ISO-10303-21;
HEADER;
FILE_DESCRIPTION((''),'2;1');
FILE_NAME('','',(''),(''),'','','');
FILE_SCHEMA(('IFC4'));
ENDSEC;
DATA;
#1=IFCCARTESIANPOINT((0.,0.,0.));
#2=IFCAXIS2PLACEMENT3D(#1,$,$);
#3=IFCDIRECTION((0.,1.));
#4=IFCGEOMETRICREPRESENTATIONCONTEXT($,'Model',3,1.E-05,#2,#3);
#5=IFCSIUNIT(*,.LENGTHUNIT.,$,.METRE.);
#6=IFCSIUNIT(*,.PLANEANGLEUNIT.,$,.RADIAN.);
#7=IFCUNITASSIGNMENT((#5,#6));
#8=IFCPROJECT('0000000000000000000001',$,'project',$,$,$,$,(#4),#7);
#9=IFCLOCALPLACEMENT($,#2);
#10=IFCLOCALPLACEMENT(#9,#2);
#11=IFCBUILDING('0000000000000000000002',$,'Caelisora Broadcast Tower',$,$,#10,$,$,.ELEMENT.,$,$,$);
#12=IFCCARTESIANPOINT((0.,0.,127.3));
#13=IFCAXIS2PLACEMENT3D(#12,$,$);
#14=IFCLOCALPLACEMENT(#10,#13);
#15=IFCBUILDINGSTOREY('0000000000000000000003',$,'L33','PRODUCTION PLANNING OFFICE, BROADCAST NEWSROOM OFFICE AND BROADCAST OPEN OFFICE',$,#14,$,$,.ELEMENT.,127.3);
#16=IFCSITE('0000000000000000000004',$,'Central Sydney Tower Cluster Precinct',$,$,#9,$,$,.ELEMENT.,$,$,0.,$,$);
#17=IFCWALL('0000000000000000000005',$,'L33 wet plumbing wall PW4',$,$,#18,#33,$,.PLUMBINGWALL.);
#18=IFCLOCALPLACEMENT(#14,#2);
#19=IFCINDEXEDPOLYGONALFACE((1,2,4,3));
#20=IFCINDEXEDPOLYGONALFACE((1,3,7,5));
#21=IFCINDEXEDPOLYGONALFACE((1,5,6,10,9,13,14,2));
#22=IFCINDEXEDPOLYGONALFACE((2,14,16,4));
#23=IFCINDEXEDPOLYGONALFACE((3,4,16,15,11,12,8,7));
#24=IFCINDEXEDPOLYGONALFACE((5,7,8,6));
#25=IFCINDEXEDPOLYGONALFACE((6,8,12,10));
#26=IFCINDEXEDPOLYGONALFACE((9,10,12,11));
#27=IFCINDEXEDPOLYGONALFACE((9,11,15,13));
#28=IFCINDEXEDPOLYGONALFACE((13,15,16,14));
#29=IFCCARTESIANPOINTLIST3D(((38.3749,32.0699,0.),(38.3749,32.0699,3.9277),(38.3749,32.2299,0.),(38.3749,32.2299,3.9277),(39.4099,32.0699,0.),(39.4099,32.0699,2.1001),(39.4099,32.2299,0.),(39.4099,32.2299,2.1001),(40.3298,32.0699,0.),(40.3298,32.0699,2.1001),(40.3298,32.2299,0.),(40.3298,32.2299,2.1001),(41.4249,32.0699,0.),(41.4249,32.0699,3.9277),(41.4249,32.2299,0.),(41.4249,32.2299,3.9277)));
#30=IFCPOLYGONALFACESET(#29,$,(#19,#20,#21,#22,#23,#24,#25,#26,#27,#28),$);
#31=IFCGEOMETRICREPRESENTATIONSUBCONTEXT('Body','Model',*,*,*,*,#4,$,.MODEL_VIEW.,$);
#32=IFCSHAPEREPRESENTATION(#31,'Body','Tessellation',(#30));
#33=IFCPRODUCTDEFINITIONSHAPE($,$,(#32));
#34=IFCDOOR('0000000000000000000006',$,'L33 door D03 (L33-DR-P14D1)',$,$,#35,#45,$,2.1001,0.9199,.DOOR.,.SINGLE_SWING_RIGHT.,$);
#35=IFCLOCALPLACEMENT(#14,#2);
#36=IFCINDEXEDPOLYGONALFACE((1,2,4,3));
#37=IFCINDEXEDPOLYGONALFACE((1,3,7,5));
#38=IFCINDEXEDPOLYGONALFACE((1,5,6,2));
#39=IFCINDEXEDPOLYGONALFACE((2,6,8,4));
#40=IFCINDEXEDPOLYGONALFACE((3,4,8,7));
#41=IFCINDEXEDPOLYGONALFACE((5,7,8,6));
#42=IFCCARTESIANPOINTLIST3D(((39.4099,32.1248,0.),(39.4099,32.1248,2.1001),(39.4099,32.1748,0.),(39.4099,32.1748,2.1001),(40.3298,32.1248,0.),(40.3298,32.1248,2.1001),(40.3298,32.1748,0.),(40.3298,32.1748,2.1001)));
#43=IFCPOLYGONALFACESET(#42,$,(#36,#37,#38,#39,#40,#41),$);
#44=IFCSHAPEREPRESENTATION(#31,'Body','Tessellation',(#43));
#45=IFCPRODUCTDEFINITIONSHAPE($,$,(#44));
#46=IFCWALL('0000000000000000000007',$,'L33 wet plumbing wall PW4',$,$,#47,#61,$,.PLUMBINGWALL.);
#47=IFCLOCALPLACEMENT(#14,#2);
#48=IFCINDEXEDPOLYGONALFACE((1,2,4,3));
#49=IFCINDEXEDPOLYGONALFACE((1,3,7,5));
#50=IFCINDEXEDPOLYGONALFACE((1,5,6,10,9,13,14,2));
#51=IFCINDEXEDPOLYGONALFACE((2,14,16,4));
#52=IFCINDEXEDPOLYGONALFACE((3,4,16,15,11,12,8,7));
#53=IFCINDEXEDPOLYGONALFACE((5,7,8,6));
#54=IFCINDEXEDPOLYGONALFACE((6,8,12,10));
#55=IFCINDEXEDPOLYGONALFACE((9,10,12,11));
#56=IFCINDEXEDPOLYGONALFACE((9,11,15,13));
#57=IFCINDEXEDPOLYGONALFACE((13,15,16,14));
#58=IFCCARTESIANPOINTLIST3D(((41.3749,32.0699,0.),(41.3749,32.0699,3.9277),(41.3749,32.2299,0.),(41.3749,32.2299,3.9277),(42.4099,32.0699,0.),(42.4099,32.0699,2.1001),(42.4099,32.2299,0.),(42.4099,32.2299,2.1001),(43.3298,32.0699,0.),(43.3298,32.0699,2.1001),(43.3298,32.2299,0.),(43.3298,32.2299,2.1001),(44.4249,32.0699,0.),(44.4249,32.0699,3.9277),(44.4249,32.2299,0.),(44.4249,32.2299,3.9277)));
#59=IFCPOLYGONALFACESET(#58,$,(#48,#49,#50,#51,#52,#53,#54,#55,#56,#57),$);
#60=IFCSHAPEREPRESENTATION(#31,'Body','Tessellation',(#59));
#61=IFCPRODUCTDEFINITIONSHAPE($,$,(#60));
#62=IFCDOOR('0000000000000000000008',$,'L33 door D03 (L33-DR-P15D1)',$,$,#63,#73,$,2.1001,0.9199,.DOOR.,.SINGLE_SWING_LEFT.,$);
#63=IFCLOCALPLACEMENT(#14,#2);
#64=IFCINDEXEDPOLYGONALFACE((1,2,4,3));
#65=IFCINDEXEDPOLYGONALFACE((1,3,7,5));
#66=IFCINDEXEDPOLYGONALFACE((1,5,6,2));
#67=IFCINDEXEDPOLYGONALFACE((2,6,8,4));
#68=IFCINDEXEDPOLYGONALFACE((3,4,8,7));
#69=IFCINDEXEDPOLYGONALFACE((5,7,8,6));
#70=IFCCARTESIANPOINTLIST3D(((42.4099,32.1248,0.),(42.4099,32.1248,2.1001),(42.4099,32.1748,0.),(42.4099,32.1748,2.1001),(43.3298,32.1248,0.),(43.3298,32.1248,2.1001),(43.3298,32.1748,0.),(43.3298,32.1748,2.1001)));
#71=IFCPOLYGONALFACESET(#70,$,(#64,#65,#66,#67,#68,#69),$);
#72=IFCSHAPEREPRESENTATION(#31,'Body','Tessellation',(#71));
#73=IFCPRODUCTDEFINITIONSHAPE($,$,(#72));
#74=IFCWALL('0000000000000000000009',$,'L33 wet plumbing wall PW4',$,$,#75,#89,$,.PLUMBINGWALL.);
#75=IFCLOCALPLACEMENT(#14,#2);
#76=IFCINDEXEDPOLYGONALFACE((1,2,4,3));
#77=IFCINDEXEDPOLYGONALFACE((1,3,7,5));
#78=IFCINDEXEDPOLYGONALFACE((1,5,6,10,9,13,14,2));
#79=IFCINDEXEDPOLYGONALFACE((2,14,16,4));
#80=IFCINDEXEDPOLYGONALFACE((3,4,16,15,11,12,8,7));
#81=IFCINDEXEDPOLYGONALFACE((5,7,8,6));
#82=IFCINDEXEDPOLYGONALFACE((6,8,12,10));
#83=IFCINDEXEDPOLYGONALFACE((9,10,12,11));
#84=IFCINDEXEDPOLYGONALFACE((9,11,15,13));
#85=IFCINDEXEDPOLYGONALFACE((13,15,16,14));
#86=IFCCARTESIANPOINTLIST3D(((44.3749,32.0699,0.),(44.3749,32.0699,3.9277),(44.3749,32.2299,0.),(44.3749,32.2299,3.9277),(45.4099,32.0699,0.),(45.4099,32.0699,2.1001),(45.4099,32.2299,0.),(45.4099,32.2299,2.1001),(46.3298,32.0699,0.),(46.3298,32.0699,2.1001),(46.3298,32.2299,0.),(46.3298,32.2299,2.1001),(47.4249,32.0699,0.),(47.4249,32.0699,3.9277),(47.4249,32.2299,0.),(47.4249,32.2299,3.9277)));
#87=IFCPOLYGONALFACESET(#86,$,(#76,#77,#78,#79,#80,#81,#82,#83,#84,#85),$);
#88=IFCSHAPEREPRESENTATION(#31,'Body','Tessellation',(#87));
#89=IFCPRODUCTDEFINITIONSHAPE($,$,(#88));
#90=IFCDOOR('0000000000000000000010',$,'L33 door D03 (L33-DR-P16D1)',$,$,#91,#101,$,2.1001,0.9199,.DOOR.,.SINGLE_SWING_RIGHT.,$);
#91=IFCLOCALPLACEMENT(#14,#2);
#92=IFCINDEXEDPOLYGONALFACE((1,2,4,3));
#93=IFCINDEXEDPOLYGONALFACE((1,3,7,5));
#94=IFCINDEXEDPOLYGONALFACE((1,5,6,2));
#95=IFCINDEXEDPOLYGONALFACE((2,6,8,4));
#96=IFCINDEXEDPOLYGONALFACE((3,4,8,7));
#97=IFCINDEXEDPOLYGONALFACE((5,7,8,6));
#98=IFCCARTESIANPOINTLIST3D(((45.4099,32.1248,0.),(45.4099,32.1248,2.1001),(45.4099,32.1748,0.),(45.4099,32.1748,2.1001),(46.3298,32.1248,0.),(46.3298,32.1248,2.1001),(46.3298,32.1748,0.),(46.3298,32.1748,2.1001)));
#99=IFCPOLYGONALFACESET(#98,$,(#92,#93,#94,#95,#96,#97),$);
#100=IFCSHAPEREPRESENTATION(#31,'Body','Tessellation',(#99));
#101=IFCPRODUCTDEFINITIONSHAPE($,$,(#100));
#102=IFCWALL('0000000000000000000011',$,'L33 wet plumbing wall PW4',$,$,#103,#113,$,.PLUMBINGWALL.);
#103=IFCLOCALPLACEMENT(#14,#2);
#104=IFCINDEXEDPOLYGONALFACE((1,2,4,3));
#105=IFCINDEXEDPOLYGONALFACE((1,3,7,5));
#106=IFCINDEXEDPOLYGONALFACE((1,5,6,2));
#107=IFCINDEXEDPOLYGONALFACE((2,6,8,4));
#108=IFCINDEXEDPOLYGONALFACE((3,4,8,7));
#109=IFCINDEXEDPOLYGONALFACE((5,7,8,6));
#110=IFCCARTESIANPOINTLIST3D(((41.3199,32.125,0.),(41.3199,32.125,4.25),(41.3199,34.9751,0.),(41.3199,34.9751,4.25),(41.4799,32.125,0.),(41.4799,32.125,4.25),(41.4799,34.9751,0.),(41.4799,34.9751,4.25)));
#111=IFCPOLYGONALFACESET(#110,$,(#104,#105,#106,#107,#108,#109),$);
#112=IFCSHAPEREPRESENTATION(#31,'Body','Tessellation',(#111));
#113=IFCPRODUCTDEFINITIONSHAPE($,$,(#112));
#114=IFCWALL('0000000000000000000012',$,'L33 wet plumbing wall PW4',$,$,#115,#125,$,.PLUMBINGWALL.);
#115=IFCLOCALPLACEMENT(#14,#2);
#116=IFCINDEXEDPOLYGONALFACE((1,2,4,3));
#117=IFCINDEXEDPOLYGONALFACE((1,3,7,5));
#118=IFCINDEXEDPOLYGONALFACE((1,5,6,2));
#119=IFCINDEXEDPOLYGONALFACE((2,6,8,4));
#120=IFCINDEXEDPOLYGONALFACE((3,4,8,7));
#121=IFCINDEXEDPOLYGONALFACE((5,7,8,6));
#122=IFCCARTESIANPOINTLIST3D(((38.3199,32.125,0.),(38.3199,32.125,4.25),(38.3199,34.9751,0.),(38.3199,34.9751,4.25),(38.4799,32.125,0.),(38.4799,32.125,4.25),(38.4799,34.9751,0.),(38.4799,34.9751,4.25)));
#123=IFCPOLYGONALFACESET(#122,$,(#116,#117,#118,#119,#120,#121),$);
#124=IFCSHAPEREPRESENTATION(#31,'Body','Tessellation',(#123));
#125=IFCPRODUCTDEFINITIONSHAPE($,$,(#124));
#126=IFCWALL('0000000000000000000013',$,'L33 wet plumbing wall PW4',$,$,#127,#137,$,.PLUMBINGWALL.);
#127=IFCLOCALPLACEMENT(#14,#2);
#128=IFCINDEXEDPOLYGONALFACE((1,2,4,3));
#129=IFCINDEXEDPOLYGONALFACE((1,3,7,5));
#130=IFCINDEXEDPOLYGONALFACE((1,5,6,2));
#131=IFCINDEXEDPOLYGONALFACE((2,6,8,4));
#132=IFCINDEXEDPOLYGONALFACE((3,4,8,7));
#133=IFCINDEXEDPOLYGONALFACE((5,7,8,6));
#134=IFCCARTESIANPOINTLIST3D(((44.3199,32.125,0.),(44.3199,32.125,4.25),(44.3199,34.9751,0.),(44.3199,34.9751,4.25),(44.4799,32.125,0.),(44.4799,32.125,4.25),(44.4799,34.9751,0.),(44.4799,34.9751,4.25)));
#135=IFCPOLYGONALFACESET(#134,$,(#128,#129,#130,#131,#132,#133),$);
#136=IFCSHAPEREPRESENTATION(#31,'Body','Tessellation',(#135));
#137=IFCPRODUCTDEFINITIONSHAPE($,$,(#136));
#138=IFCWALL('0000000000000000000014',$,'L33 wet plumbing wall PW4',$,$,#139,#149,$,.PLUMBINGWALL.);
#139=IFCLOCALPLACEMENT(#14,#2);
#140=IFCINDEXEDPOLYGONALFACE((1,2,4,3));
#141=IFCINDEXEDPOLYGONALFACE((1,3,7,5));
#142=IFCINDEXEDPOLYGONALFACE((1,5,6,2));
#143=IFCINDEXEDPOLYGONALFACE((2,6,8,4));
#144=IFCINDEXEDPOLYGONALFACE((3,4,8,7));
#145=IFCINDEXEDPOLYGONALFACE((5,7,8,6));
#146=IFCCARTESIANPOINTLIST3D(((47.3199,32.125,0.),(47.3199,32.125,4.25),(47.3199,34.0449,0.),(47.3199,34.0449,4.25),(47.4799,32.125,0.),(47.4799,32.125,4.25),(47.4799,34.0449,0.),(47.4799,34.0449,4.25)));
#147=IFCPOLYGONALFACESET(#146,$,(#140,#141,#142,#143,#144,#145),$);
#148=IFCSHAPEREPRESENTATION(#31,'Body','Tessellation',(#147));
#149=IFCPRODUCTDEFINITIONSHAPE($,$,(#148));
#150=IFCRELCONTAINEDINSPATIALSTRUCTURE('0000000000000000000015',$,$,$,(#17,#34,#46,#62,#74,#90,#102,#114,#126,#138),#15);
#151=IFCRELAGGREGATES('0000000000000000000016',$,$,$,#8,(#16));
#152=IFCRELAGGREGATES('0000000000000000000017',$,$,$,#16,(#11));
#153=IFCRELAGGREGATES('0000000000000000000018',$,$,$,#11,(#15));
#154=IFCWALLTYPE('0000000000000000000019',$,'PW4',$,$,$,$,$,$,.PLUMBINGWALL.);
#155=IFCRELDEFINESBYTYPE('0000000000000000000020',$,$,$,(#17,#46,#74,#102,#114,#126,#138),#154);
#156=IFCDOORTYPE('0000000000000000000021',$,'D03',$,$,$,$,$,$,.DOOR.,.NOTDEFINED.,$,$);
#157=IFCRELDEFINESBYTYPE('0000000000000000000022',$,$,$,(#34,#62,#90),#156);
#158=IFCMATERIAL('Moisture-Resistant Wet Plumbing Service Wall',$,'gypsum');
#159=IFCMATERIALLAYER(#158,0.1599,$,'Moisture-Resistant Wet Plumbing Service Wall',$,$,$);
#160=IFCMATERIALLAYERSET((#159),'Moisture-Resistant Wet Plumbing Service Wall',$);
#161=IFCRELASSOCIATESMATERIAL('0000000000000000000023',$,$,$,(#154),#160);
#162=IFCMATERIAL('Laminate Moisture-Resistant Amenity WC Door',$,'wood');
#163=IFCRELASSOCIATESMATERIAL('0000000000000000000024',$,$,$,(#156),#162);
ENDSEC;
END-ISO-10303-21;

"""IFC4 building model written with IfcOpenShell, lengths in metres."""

from ifc_helpers import new_model, si_unit, direction, frame, frame_2d, origin, place, context, subcontext, project, spatial, rectangle, extrude, material, layer, layer_set, type_object, element, fill, save


model = new_model("IFC4")

# Units and contexts
model_context = context("Model", 3, precision=1e-05, world=origin(), true_north=direction((0.0, 1.0)))
body_context = subcontext(model_context, "Body", "Model", "MODEL_VIEW")
ifc_project = project(units=[si_unit("LENGTHUNIT", "METRE"), si_unit("PLANEANGLEUNIT", "RADIAN")], contexts=[model_context])

# Site, building, storey
site_placement = place(None, origin())
site = spatial("IfcSite", under=ifc_project, at=site_placement, Name="Central Sydney Tower Cluster Precinct", CompositionType="ELEMENT", RefElevation=0.0)
building_placement = place(site_placement, origin())
building = spatial("IfcBuilding", under=site, at=building_placement, Name="Caelisora Broadcast Tower", CompositionType="ELEMENT")
storey_placement = place(building_placement, frame((0.0, 0.0, 127.3)))
storey = spatial("IfcBuildingStorey", under=building, at=storey_placement, Name="L33", Description="PRODUCTION PLANNING OFFICE, BROADCAST NEWSROOM OFFICE AND BROADCAST OPEN OFFICE", CompositionType="ELEMENT", Elevation=127.3)

# Walls, openings, doors
ifc_material_1 = material(Name="Moisture-Resistant Wet Plumbing Service Wall", Category="gypsum")
ifc_layer_1 = layer(ifc_material_1, 0.1599, Name="Moisture-Resistant Wet Plumbing Service Wall")
ifc_layer_set_1 = layer_set([ifc_layer_1], Name="Moisture-Resistant Wet Plumbing Service Wall")
wall_type_1 = type_object("IfcWallType", Name="PW4", PredefinedType="PLUMBINGWALL", material=ifc_layer_set_1)
wall_1_placement = place(storey_placement, frame((38.375, 32.1499, 0.0), z_axis=(0.0, 0.0, 1.0), x_axis=(1.0, 0.0, 0.0)))
wall_1 = element("IfcWall", 1, at=wall_1_placement, inside=storey, type_object=wall_type_1, Name="L33 wet plumbing wall PW4", PredefinedType="PLUMBINGWALL", context=body_context, shape_type="SweptSolid", body=[
    extrude(rectangle(XDim=3.05, YDim=0.1599, at=frame_2d((1.5249, 0.0))), origin(), (0.0, 0.0, 1.0), 3.9277),
])
opening_1_placement = place(wall_1_placement, frame((1.0349, 0.0, 0.0)))
opening_1 = element("IfcOpeningElement", 2, at=opening_1_placement, cuts=wall_1, PredefinedType="OPENING", context=body_context, shape_type="SweptSolid", body=[
    extrude(rectangle(XDim=0.9199, YDim=2.1001, at=frame_2d((0.46, 1.05))), frame((0.0, 0.092, 0.0), z_axis=(0.0, -1.0, 0.0), x_axis=(1.0, 0.0, 0.0)), (0.0, 0.0, 1.0), 0.1838),
])
ifc_material_2 = material(Name="Laminate Moisture-Resistant Amenity WC Door", Category="wood")
door_type_1 = type_object("IfcDoorType", Name="D03", OperationType="NOTDEFINED", PredefinedType="DOOR", material=ifc_material_2)
door_1_placement = place(opening_1_placement, origin())
door_1 = element("IfcDoor", 3, at=door_1_placement, inside=storey, type_object=door_type_1, Name="L33 door D03 (L33-DR-P14D1)", OperationType="SINGLE_SWING_RIGHT", OverallHeight=2.1001, OverallWidth=0.9199, PredefinedType="DOOR", context=body_context, shape_type="SweptSolid", body=[
    extrude(rectangle(XDim=0.9199, YDim=2.1001, at=frame_2d((0.46, 1.05))), frame((0.0, 0.0249, 0.0), z_axis=(0.0, -1.0, 0.0), x_axis=(1.0, 0.0, 0.0)), (0.0, 0.0, 1.0), 0.05),
])
fill(opening_1, door_1)
wall_2_placement = place(storey_placement, frame((41.375, 32.1499, 0.0), z_axis=(0.0, 0.0, 1.0), x_axis=(1.0, 0.0, 0.0)))
wall_2 = element("IfcWall", 4, at=wall_2_placement, inside=storey, type_object=wall_type_1, Name="L33 wet plumbing wall PW4", PredefinedType="PLUMBINGWALL", context=body_context, shape_type="SweptSolid", body=[
    extrude(rectangle(XDim=3.05, YDim=0.1599, at=frame_2d((1.5249, 0.0))), origin(), (0.0, 0.0, 1.0), 3.9277),
])
opening_2_placement = place(wall_2_placement, frame((1.0349, 0.0, 0.0)))
opening_2 = element("IfcOpeningElement", 5, at=opening_2_placement, cuts=wall_2, PredefinedType="OPENING", context=body_context, shape_type="SweptSolid", body=[
    extrude(rectangle(XDim=0.9199, YDim=2.1001, at=frame_2d((0.46, 1.05))), frame((0.0, 0.092, 0.0), z_axis=(0.0, -1.0, 0.0), x_axis=(1.0, 0.0, 0.0)), (0.0, 0.0, 1.0), 0.1838),
])
door_2_placement = place(opening_2_placement, origin())
door_2 = element("IfcDoor", 6, at=door_2_placement, inside=storey, type_object=door_type_1, Name="L33 door D03 (L33-DR-P15D1)", OperationType="SINGLE_SWING_LEFT", OverallHeight=2.1001, OverallWidth=0.9199, PredefinedType="DOOR", context=body_context, shape_type="SweptSolid", body=[
    extrude(rectangle(XDim=0.9199, YDim=2.1001, at=frame_2d((0.46, 1.05))), frame((0.0, 0.0249, 0.0), z_axis=(0.0, -1.0, 0.0), x_axis=(1.0, 0.0, 0.0)), (0.0, 0.0, 1.0), 0.05),
])
fill(opening_2, door_2)
wall_3_placement = place(storey_placement, frame((44.375, 32.1499, 0.0), z_axis=(0.0, 0.0, 1.0), x_axis=(1.0, 0.0, 0.0)))
wall_3 = element("IfcWall", 7, at=wall_3_placement, inside=storey, type_object=wall_type_1, Name="L33 wet plumbing wall PW4", PredefinedType="PLUMBINGWALL", context=body_context, shape_type="SweptSolid", body=[
    extrude(rectangle(XDim=3.05, YDim=0.1599, at=frame_2d((1.5249, 0.0))), origin(), (0.0, 0.0, 1.0), 3.9277),
])
opening_3_placement = place(wall_3_placement, frame((1.0349, 0.0, 0.0)))
opening_3 = element("IfcOpeningElement", 8, at=opening_3_placement, cuts=wall_3, PredefinedType="OPENING", context=body_context, shape_type="SweptSolid", body=[
    extrude(rectangle(XDim=0.9199, YDim=2.1001, at=frame_2d((0.46, 1.05))), frame((0.0, 0.092, 0.0), z_axis=(0.0, -1.0, 0.0), x_axis=(1.0, 0.0, 0.0)), (0.0, 0.0, 1.0), 0.1838),
])
door_3_placement = place(opening_3_placement, origin())
door_3 = element("IfcDoor", 9, at=door_3_placement, inside=storey, type_object=door_type_1, Name="L33 door D03 (L33-DR-P16D1)", OperationType="SINGLE_SWING_RIGHT", OverallHeight=2.1001, OverallWidth=0.9199, PredefinedType="DOOR", context=body_context, shape_type="SweptSolid", body=[
    extrude(rectangle(XDim=0.9199, YDim=2.1001, at=frame_2d((0.46, 1.05))), frame((0.0, 0.0249, 0.0), z_axis=(0.0, -1.0, 0.0), x_axis=(1.0, 0.0, 0.0)), (0.0, 0.0, 1.0), 0.05),
])
fill(opening_3, door_3)

# Walls
for number, where, z_axis, x_axis, name in (
    (10, (41.3999, 32.125, 0.0), (0.0, 0.0, 1.0), (0.0, 1.0, 0.0), "L33 wet plumbing wall PW4"),
    (11, (38.3999, 32.125, 0.0), (0.0, 0.0, 1.0), (0.0, 1.0, 0.0), "L33 wet plumbing wall PW4"),
    (12, (44.3999, 32.125, 0.0), (0.0, 0.0, 1.0), (0.0, 1.0, 0.0), "L33 wet plumbing wall PW4"),
):
    element("IfcWall", number, at=place(storey_placement, frame(where, z_axis=z_axis, x_axis=x_axis)), inside=storey, type_object=wall_type_1, Name=name, PredefinedType="PLUMBINGWALL", context=body_context, shape_type="SweptSolid", body=[
        extrude(rectangle(XDim=2.8501, YDim=0.1599, at=frame_2d((1.425, 0.0))), origin(), (0.0, 0.0, 1.0), 4.25),
    ])
wall_4_placement = place(storey_placement, frame((47.3999, 32.125, 0.0), z_axis=(0.0, 0.0, 1.0), x_axis=(0.0, 1.0, 0.0)))
element("IfcWall", 13, at=wall_4_placement, inside=storey, type_object=wall_type_1, Name="L33 wet plumbing wall PW4", PredefinedType="PLUMBINGWALL", context=body_context, shape_type="SweptSolid", body=[
    extrude(rectangle(XDim=1.9199, YDim=0.1599, at=frame_2d((0.96, 0.0))), origin(), (0.0, 0.0, 1.0), 4.25),
])

save(model, "model.ifc")
